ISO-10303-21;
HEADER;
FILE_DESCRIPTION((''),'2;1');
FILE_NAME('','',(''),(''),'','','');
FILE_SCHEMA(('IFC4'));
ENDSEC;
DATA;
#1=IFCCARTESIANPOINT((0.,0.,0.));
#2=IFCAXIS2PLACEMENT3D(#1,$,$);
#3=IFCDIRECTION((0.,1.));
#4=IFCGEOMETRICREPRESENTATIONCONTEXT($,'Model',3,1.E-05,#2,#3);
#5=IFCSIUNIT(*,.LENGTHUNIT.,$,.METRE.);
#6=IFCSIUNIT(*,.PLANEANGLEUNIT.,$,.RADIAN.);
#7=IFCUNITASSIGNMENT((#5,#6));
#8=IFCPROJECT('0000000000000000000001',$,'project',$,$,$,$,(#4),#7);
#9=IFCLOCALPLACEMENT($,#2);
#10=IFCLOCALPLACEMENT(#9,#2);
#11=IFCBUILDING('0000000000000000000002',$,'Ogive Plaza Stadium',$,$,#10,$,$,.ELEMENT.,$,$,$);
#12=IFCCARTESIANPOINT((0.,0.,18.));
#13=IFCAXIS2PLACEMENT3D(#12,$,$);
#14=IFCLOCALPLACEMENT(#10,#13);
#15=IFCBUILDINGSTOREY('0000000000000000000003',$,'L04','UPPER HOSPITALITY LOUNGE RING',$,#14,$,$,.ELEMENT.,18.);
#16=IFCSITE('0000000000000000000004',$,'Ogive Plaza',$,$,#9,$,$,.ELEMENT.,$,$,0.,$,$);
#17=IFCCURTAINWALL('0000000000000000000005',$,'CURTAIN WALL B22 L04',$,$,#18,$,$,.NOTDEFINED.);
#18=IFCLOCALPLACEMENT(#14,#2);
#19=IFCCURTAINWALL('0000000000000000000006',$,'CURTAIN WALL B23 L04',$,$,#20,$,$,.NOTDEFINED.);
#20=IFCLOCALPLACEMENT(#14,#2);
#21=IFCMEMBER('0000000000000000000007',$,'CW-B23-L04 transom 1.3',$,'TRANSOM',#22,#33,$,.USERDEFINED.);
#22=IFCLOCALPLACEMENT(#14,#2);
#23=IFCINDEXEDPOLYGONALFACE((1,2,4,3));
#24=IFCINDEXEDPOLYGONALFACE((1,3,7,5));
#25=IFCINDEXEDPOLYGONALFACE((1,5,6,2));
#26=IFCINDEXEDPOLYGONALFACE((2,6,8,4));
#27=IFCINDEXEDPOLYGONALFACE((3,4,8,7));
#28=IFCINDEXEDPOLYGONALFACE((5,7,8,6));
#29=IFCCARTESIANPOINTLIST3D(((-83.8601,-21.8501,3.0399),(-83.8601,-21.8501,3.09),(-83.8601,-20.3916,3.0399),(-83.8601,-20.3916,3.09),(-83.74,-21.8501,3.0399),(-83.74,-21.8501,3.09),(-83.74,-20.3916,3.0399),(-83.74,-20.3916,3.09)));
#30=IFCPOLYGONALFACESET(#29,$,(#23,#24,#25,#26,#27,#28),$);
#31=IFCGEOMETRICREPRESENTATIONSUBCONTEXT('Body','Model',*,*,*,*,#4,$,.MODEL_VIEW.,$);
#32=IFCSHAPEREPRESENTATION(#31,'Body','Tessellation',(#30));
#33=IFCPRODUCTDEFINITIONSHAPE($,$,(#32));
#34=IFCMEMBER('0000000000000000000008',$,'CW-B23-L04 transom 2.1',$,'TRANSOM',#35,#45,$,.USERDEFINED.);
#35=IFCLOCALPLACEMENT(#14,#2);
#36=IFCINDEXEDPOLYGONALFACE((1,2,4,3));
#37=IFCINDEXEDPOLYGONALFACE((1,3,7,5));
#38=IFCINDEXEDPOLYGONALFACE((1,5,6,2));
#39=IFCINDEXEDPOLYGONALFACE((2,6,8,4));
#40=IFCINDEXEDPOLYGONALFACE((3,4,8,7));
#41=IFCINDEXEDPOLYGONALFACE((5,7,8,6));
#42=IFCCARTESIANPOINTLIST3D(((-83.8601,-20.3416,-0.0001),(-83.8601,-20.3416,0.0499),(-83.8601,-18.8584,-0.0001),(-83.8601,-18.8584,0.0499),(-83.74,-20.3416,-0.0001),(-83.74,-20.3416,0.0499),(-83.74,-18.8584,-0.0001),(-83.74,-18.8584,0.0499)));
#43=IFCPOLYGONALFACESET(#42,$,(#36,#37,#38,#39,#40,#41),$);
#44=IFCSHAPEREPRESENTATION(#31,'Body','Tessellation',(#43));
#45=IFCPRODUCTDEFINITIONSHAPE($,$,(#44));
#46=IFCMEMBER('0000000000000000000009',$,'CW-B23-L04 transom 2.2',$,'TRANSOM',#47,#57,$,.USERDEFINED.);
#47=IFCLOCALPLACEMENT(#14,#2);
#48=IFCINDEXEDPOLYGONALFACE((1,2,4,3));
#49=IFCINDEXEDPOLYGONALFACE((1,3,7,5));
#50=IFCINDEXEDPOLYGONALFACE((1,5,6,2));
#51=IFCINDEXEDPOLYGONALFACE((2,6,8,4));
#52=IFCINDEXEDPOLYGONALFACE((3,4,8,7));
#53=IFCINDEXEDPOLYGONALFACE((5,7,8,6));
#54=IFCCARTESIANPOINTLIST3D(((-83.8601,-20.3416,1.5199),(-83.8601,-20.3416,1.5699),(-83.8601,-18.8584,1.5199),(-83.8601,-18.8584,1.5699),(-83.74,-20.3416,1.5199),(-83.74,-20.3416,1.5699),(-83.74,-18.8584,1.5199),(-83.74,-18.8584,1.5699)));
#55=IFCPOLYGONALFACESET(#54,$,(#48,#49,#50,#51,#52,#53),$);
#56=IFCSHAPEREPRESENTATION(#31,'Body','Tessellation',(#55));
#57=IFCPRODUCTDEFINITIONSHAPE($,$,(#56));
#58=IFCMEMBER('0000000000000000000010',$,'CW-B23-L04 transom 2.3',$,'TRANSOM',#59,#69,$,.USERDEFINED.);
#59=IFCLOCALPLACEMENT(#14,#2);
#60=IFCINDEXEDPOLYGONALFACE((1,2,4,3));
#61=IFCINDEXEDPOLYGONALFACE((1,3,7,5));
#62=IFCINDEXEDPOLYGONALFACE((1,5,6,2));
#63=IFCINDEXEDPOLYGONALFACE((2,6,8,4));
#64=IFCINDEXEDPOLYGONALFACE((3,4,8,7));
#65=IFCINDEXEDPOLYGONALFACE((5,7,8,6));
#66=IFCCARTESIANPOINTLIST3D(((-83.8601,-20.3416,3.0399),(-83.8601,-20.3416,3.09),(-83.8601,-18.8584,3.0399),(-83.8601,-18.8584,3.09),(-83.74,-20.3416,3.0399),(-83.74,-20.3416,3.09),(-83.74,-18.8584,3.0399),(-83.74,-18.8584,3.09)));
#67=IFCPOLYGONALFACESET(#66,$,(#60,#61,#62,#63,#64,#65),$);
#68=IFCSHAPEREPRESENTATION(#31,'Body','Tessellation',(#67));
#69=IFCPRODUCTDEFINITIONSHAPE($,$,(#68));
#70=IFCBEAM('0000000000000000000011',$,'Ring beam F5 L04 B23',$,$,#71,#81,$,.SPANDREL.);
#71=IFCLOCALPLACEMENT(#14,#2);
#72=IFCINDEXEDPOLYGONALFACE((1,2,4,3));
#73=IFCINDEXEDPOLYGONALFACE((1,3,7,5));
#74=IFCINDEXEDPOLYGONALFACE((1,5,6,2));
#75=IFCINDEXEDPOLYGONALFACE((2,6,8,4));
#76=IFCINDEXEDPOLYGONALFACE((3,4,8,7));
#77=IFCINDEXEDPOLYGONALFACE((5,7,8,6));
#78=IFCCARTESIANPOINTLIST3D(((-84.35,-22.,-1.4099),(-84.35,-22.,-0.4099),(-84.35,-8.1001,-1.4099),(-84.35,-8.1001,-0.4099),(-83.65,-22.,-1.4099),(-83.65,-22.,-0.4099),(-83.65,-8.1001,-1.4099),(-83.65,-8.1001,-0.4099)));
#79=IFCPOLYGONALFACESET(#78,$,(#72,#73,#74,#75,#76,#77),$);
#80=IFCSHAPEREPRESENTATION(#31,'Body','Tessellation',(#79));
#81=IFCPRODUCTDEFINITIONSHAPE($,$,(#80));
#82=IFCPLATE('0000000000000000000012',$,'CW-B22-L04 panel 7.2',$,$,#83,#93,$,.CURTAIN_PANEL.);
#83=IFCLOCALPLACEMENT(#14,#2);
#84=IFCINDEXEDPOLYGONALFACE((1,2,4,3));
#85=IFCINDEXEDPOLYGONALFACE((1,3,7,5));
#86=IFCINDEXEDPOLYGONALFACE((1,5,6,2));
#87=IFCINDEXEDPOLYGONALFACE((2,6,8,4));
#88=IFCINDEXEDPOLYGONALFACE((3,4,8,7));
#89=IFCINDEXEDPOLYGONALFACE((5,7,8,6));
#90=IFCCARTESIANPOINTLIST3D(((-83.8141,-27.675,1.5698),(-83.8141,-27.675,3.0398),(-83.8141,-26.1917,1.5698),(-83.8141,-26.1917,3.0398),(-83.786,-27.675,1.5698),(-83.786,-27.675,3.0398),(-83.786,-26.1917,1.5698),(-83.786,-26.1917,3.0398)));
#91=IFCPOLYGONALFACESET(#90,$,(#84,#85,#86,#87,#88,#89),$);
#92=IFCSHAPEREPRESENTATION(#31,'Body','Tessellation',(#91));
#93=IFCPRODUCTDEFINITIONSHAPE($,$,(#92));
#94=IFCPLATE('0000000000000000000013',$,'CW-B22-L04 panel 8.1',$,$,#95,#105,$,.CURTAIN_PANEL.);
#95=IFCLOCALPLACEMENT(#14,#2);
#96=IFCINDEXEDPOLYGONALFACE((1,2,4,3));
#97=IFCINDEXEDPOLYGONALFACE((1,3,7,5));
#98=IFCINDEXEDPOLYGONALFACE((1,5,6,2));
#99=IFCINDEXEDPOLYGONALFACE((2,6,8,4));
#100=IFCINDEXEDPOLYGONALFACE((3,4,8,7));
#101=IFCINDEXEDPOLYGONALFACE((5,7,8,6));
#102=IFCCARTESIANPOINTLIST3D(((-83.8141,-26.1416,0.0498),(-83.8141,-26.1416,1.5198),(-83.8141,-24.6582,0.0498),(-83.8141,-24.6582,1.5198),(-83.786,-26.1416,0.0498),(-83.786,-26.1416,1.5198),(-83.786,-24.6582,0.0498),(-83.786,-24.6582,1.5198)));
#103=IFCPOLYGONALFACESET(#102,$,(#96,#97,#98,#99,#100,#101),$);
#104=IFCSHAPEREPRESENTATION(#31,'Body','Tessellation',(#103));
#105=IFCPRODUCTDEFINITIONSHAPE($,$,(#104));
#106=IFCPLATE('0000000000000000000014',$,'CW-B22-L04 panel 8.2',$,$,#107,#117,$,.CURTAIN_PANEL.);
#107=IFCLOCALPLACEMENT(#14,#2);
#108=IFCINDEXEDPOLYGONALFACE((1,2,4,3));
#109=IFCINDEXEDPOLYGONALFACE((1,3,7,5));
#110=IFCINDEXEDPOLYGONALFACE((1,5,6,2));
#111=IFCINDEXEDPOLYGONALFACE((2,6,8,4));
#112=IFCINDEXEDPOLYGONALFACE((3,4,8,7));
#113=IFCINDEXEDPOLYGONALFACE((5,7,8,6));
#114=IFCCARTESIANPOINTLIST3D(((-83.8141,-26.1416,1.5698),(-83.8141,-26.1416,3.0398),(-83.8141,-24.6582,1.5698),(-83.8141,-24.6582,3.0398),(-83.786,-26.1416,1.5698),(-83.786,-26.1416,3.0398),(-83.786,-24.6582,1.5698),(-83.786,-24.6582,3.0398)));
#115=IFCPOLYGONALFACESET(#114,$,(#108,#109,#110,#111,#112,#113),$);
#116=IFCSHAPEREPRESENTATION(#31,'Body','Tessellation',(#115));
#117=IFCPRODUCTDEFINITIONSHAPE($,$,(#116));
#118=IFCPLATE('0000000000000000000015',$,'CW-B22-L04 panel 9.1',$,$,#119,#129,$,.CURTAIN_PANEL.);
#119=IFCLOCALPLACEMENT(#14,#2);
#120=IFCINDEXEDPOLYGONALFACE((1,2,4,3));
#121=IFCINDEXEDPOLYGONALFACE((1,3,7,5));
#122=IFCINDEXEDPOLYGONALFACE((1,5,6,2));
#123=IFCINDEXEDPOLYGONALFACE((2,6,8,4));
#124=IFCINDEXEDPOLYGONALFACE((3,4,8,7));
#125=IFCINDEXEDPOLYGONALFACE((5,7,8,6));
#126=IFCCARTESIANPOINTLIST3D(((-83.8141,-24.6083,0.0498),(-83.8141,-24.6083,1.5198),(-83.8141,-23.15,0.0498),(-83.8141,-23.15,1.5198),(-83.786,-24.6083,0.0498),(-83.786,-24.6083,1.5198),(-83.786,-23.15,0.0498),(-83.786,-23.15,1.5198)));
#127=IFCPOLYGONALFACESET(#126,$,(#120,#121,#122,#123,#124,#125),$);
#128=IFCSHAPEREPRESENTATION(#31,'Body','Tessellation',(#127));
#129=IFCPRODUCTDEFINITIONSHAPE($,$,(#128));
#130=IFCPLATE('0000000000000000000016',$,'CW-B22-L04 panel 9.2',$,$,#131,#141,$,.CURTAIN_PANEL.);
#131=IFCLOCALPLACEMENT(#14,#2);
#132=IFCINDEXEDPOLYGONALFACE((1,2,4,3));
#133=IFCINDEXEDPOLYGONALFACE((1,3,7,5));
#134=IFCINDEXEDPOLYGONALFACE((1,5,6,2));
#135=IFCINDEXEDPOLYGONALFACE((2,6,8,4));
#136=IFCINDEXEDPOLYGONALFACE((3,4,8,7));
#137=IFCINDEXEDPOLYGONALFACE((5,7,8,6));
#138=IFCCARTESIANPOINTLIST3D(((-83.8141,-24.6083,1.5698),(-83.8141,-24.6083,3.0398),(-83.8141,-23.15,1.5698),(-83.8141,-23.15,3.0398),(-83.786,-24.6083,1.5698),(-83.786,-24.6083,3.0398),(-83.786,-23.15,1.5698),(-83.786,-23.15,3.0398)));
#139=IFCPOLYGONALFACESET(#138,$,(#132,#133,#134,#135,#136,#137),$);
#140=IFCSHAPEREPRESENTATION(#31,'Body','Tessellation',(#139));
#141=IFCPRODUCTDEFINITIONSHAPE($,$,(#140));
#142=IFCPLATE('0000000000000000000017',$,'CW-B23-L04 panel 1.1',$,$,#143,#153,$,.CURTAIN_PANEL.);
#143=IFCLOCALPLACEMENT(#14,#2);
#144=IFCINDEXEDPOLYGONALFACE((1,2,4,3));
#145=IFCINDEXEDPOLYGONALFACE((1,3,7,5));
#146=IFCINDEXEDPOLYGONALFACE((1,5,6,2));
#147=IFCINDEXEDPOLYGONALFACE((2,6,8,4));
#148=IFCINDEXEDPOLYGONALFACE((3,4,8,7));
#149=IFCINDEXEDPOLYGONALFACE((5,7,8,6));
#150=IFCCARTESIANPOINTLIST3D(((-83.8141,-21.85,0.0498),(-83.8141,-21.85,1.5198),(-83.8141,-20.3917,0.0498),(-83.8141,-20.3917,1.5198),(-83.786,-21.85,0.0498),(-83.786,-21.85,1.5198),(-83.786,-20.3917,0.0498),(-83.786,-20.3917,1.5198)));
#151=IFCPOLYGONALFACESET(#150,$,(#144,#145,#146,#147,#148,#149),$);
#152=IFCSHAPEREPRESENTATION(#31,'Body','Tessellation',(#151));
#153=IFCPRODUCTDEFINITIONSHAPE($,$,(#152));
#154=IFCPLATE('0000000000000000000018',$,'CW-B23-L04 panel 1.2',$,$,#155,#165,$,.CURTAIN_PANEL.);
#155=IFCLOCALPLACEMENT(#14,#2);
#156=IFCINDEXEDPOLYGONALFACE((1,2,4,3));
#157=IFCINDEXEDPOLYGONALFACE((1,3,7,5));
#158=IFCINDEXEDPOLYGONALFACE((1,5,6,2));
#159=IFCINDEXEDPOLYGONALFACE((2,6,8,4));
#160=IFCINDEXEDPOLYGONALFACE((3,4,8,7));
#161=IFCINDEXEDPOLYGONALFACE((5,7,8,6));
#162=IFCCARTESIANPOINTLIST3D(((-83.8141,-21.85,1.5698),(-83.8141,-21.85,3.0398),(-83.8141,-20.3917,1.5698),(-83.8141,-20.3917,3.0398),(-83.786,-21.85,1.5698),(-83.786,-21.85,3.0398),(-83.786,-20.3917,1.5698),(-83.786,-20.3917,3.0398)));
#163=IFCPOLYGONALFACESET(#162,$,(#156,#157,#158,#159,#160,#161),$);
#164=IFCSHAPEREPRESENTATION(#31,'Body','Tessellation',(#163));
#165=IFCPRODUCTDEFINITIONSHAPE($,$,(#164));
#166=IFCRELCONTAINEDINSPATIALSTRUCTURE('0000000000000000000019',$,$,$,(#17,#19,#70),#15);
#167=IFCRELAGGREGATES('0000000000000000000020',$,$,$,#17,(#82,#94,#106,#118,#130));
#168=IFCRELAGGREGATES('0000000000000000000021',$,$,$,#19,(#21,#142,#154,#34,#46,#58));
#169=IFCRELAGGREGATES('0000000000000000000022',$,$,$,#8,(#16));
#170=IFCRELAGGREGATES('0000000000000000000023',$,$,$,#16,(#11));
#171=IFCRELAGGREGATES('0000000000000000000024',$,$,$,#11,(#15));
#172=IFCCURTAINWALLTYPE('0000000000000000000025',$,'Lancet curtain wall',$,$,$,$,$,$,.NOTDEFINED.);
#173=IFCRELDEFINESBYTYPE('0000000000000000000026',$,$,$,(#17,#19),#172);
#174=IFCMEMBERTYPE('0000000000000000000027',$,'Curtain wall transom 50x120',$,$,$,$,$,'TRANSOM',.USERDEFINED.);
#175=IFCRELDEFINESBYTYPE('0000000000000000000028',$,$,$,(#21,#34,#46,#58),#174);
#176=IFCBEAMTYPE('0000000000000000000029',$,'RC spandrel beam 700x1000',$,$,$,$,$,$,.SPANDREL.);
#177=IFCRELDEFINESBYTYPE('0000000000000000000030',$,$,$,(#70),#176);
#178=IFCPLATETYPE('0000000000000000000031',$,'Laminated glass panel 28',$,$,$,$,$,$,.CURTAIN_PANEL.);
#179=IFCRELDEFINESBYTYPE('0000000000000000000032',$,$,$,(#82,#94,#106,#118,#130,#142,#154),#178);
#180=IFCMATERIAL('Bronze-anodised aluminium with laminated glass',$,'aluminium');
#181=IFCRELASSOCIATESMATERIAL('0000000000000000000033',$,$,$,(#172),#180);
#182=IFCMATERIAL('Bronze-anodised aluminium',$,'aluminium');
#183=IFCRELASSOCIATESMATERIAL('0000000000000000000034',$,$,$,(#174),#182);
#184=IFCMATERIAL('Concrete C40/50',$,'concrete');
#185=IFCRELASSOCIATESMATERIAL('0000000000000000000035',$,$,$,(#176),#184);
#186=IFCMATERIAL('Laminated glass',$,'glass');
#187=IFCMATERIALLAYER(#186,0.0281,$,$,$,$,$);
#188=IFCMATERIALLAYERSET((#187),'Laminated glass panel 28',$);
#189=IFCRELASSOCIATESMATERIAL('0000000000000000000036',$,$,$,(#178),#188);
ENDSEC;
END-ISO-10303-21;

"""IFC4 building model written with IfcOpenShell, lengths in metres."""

from ifc_helpers import new_model, si_unit, direction, frame, origin, origin_2d, place, context, subcontext, project, spatial, rectangle, extrude, material, layer, layer_set, material_profile, profile_set, type_object, element, aggregate, save


model = new_model("IFC4")

# Units and contexts
model_context = context("Model", 3, precision=1e-05, world=origin(), true_north=direction((0.0, 1.0)))
body_context = subcontext(model_context, "Body", "Model", "MODEL_VIEW")
ifc_project = project(units=[si_unit("LENGTHUNIT", "METRE"), si_unit("PLANEANGLEUNIT", "RADIAN")], contexts=[model_context])

# Site, building, storey
site_placement = place(None, origin())
site = spatial("IfcSite", under=ifc_project, at=site_placement, Name="Ogive Plaza", CompositionType="ELEMENT", RefElevation=0.0)
building_placement = place(site_placement, origin())
building = spatial("IfcBuilding", under=site, at=building_placement, Name="Ogive Plaza Stadium", CompositionType="ELEMENT")
storey_placement = place(building_placement, frame((0.0, 0.0, 18.0)))
storey = spatial("IfcBuildingStorey", under=building, at=storey_placement, Name="L04", Description="UPPER HOSPITALITY LOUNGE RING", CompositionType="ELEMENT", Elevation=18.0)

# Curtain walls
ifc_material_1 = material(Name="Bronze-anodised aluminium with laminated glass", Category="aluminium")
curtain_wall_type = type_object("IfcCurtainWallType", Name="Lancet curtain wall", PredefinedType="NOTDEFINED", material=ifc_material_1)
curtain_wall_1_placement = place(storey_placement, origin())
curtain_wall_1 = element("IfcCurtainWall", 1, at=curtain_wall_1_placement, inside=storey, type_object=curtain_wall_type, Name="CURTAIN WALL B22 L04", PredefinedType="NOTDEFINED")
curtain_wall_2_placement = place(storey_placement, origin())
curtain_wall_2 = element("IfcCurtainWall", 2, at=curtain_wall_2_placement, inside=storey, type_object=curtain_wall_type, Name="CURTAIN WALL B23 L04", PredefinedType="NOTDEFINED")

# Members
ifc_material_2 = material(Name="Bronze-anodised aluminium", Category="aluminium")
ifc_material_profile_1 = material_profile(ifc_material_2, rectangle(XDim=0.1201, YDim=0.05, at=origin_2d()), Name="AL 120x50")
ifc_profile_set_1 = profile_set([ifc_material_profile_1], Name="Bronze-anodised aluminium")
member_type_1 = type_object("IfcMemberType", Name="Curtain wall transom 50x120", ElementType="TRANSOM", PredefinedType="USERDEFINED", material=ifc_profile_set_1)
member_1_placement = place(storey_placement, frame((-83.8, -21.8501, 3.0649), z_axis=(0.0, 1.0, 0.0), x_axis=(-1.0, 0.0, 0.0)))
member_1 = element("IfcMember", 3, at=member_1_placement, type_object=member_type_1, Name="CW-B23-L04 transom 1.3", ObjectType="TRANSOM", PredefinedType="USERDEFINED", context=body_context, shape_type="SweptSolid", body=[
    extrude(rectangle(XDim=0.1201, YDim=0.05, at=origin_2d()), origin(), (0.0, 0.0, 1.0), 1.4585),
])
member_2_placement = place(storey_placement, frame((-83.8, -20.3416, 0.0249), z_axis=(0.0, 1.0, 0.0), x_axis=(-1.0, 0.0, 0.0)))
member_2 = element("IfcMember", 4, at=member_2_placement, type_object=member_type_1, Name="CW-B23-L04 transom 2.1", ObjectType="TRANSOM", PredefinedType="USERDEFINED", context=body_context, shape_type="SweptSolid", body=[
    extrude(rectangle(XDim=0.1201, YDim=0.05, at=origin_2d()), origin(), (0.0, 0.0, 1.0), 1.4832),
])
member_3_placement = place(storey_placement, frame((-83.8, -20.3416, 1.5449), z_axis=(0.0, 1.0, 0.0), x_axis=(-1.0, 0.0, 0.0)))
member_3 = element("IfcMember", 5, at=member_3_placement, type_object=member_type_1, Name="CW-B23-L04 transom 2.2", ObjectType="TRANSOM", PredefinedType="USERDEFINED", context=body_context, shape_type="SweptSolid", body=[
    extrude(rectangle(XDim=0.1201, YDim=0.05, at=origin_2d()), origin(), (0.0, 0.0, 1.0), 1.4832),
])
member_4_placement = place(storey_placement, frame((-83.8, -20.3416, 3.0649), z_axis=(0.0, 1.0, 0.0), x_axis=(-1.0, 0.0, 0.0)))
member_4 = element("IfcMember", 6, at=member_4_placement, type_object=member_type_1, Name="CW-B23-L04 transom 2.3", ObjectType="TRANSOM", PredefinedType="USERDEFINED", context=body_context, shape_type="SweptSolid", body=[
    extrude(rectangle(XDim=0.1201, YDim=0.05, at=origin_2d()), origin(), (0.0, 0.0, 1.0), 1.4832),
])

# Beam
ifc_material_3 = material(Name="Concrete C40/50", Category="concrete")
ifc_material_profile_2 = material_profile(ifc_material_3, rectangle(XDim=0.7, YDim=1.0, at=origin_2d()), Name="RC 700x1000")
ifc_profile_set_2 = profile_set([ifc_material_profile_2], Name="Concrete C40/50")
beam_type = type_object("IfcBeamType", Name="RC spandrel beam 700x1000", PredefinedType="SPANDREL", material=ifc_profile_set_2)
beam_placement = place(storey_placement, frame((-84.0, -22.0, -0.9099), z_axis=(0.0, 1.0, 0.0), x_axis=(-1.0, 0.0, 0.0)))
element("IfcBeam", 7, at=beam_placement, inside=storey, type_object=beam_type, Name="Ring beam F5 L04 B23", PredefinedType="SPANDREL", context=body_context, shape_type="SweptSolid", body=[
    extrude(rectangle(XDim=0.7, YDim=1.0, at=origin_2d()), origin(), (0.0, 0.0, 1.0), 13.8999),
])

# Plates
ifc_material_4 = material(Name="Laminated glass", Category="glass")
ifc_layer = layer(ifc_material_4, 0.0281)
ifc_layer_set = layer_set([ifc_layer], Name="Laminated glass panel 28")
plate_type = type_object("IfcPlateType", Name="Laminated glass panel 28", PredefinedType="CURTAIN_PANEL", material=ifc_layer_set)
plate_1_placement = place(storey_placement, frame((-83.8, -26.9333, 1.5698), z_axis=(0.0, 0.0, 1.0), x_axis=(0.0, 1.0, 0.0)))
plate_1 = element("IfcPlate", 8, at=plate_1_placement, type_object=plate_type, Name="CW-B22-L04 panel 7.2", PredefinedType="CURTAIN_PANEL", context=body_context, shape_type="SweptSolid", body=[
    extrude(rectangle(XDim=1.4834, YDim=0.0281, at=origin_2d()), origin(), (0.0, 0.0, 1.0), 1.47),
])
plate_2_placement = place(storey_placement, frame((-83.8, -25.3999, 0.0498), z_axis=(0.0, 0.0, 1.0), x_axis=(0.0, 1.0, 0.0)))
plate_2 = element("IfcPlate", 9, at=plate_2_placement, type_object=plate_type, Name="CW-B22-L04 panel 8.1", PredefinedType="CURTAIN_PANEL", context=body_context, shape_type="SweptSolid", body=[
    extrude(rectangle(XDim=1.4834, YDim=0.0281, at=origin_2d()), origin(), (0.0, 0.0, 1.0), 1.47),
])
plate_3_placement = place(storey_placement, frame((-83.8, -25.3999, 1.5698), z_axis=(0.0, 0.0, 1.0), x_axis=(0.0, 1.0, 0.0)))
plate_3 = element("IfcPlate", 10, at=plate_3_placement, type_object=plate_type, Name="CW-B22-L04 panel 8.2", PredefinedType="CURTAIN_PANEL", context=body_context, shape_type="SweptSolid", body=[
    extrude(rectangle(XDim=1.4834, YDim=0.0281, at=origin_2d()), origin(), (0.0, 0.0, 1.0), 1.47),
])
plate_4_placement = place(storey_placement, frame((-83.8, -23.8792, 0.0498), z_axis=(0.0, 0.0, 1.0), x_axis=(0.0, 1.0, 0.0)))
plate_4 = element("IfcPlate", 11, at=plate_4_placement, type_object=plate_type, Name="CW-B22-L04 panel 9.1", PredefinedType="CURTAIN_PANEL", context=body_context, shape_type="SweptSolid", body=[
    extrude(rectangle(XDim=1.4583, YDim=0.0281, at=origin_2d()), origin(), (0.0, 0.0, 1.0), 1.47),
])
plate_5_placement = place(storey_placement, frame((-83.8, -23.8792, 1.5698), z_axis=(0.0, 0.0, 1.0), x_axis=(0.0, 1.0, 0.0)))
plate_5 = element("IfcPlate", 12, at=plate_5_placement, type_object=plate_type, Name="CW-B22-L04 panel 9.2", PredefinedType="CURTAIN_PANEL", context=body_context, shape_type="SweptSolid", body=[
    extrude(rectangle(XDim=1.4583, YDim=0.0281, at=origin_2d()), origin(), (0.0, 0.0, 1.0), 1.47),
])
aggregate(curtain_wall_1, [plate_1, plate_2, plate_3, plate_4, plate_5])
plate_6_placement = place(storey_placement, frame((-83.8, -21.1208, 0.0498), z_axis=(0.0, 0.0, 1.0), x_axis=(0.0, 1.0, 0.0)))
plate_6 = element("IfcPlate", 13, at=plate_6_placement, type_object=plate_type, Name="CW-B23-L04 panel 1.1", PredefinedType="CURTAIN_PANEL", context=body_context, shape_type="SweptSolid", body=[
    extrude(rectangle(XDim=1.4583, YDim=0.0281, at=origin_2d()), origin(), (0.0, 0.0, 1.0), 1.47),
])
plate_7_placement = place(storey_placement, frame((-83.8, -21.1208, 1.5698), z_axis=(0.0, 0.0, 1.0), x_axis=(0.0, 1.0, 0.0)))
plate_7 = element("IfcPlate", 14, at=plate_7_placement, type_object=plate_type, Name="CW-B23-L04 panel 1.2", PredefinedType="CURTAIN_PANEL", context=body_context, shape_type="SweptSolid", body=[
    extrude(rectangle(XDim=1.4583, YDim=0.0281, at=origin_2d()), origin(), (0.0, 0.0, 1.0), 1.47),
])
aggregate(curtain_wall_2, [member_1, plate_6, plate_7, member_2, member_3, member_4])

save(model, "model.ifc")
